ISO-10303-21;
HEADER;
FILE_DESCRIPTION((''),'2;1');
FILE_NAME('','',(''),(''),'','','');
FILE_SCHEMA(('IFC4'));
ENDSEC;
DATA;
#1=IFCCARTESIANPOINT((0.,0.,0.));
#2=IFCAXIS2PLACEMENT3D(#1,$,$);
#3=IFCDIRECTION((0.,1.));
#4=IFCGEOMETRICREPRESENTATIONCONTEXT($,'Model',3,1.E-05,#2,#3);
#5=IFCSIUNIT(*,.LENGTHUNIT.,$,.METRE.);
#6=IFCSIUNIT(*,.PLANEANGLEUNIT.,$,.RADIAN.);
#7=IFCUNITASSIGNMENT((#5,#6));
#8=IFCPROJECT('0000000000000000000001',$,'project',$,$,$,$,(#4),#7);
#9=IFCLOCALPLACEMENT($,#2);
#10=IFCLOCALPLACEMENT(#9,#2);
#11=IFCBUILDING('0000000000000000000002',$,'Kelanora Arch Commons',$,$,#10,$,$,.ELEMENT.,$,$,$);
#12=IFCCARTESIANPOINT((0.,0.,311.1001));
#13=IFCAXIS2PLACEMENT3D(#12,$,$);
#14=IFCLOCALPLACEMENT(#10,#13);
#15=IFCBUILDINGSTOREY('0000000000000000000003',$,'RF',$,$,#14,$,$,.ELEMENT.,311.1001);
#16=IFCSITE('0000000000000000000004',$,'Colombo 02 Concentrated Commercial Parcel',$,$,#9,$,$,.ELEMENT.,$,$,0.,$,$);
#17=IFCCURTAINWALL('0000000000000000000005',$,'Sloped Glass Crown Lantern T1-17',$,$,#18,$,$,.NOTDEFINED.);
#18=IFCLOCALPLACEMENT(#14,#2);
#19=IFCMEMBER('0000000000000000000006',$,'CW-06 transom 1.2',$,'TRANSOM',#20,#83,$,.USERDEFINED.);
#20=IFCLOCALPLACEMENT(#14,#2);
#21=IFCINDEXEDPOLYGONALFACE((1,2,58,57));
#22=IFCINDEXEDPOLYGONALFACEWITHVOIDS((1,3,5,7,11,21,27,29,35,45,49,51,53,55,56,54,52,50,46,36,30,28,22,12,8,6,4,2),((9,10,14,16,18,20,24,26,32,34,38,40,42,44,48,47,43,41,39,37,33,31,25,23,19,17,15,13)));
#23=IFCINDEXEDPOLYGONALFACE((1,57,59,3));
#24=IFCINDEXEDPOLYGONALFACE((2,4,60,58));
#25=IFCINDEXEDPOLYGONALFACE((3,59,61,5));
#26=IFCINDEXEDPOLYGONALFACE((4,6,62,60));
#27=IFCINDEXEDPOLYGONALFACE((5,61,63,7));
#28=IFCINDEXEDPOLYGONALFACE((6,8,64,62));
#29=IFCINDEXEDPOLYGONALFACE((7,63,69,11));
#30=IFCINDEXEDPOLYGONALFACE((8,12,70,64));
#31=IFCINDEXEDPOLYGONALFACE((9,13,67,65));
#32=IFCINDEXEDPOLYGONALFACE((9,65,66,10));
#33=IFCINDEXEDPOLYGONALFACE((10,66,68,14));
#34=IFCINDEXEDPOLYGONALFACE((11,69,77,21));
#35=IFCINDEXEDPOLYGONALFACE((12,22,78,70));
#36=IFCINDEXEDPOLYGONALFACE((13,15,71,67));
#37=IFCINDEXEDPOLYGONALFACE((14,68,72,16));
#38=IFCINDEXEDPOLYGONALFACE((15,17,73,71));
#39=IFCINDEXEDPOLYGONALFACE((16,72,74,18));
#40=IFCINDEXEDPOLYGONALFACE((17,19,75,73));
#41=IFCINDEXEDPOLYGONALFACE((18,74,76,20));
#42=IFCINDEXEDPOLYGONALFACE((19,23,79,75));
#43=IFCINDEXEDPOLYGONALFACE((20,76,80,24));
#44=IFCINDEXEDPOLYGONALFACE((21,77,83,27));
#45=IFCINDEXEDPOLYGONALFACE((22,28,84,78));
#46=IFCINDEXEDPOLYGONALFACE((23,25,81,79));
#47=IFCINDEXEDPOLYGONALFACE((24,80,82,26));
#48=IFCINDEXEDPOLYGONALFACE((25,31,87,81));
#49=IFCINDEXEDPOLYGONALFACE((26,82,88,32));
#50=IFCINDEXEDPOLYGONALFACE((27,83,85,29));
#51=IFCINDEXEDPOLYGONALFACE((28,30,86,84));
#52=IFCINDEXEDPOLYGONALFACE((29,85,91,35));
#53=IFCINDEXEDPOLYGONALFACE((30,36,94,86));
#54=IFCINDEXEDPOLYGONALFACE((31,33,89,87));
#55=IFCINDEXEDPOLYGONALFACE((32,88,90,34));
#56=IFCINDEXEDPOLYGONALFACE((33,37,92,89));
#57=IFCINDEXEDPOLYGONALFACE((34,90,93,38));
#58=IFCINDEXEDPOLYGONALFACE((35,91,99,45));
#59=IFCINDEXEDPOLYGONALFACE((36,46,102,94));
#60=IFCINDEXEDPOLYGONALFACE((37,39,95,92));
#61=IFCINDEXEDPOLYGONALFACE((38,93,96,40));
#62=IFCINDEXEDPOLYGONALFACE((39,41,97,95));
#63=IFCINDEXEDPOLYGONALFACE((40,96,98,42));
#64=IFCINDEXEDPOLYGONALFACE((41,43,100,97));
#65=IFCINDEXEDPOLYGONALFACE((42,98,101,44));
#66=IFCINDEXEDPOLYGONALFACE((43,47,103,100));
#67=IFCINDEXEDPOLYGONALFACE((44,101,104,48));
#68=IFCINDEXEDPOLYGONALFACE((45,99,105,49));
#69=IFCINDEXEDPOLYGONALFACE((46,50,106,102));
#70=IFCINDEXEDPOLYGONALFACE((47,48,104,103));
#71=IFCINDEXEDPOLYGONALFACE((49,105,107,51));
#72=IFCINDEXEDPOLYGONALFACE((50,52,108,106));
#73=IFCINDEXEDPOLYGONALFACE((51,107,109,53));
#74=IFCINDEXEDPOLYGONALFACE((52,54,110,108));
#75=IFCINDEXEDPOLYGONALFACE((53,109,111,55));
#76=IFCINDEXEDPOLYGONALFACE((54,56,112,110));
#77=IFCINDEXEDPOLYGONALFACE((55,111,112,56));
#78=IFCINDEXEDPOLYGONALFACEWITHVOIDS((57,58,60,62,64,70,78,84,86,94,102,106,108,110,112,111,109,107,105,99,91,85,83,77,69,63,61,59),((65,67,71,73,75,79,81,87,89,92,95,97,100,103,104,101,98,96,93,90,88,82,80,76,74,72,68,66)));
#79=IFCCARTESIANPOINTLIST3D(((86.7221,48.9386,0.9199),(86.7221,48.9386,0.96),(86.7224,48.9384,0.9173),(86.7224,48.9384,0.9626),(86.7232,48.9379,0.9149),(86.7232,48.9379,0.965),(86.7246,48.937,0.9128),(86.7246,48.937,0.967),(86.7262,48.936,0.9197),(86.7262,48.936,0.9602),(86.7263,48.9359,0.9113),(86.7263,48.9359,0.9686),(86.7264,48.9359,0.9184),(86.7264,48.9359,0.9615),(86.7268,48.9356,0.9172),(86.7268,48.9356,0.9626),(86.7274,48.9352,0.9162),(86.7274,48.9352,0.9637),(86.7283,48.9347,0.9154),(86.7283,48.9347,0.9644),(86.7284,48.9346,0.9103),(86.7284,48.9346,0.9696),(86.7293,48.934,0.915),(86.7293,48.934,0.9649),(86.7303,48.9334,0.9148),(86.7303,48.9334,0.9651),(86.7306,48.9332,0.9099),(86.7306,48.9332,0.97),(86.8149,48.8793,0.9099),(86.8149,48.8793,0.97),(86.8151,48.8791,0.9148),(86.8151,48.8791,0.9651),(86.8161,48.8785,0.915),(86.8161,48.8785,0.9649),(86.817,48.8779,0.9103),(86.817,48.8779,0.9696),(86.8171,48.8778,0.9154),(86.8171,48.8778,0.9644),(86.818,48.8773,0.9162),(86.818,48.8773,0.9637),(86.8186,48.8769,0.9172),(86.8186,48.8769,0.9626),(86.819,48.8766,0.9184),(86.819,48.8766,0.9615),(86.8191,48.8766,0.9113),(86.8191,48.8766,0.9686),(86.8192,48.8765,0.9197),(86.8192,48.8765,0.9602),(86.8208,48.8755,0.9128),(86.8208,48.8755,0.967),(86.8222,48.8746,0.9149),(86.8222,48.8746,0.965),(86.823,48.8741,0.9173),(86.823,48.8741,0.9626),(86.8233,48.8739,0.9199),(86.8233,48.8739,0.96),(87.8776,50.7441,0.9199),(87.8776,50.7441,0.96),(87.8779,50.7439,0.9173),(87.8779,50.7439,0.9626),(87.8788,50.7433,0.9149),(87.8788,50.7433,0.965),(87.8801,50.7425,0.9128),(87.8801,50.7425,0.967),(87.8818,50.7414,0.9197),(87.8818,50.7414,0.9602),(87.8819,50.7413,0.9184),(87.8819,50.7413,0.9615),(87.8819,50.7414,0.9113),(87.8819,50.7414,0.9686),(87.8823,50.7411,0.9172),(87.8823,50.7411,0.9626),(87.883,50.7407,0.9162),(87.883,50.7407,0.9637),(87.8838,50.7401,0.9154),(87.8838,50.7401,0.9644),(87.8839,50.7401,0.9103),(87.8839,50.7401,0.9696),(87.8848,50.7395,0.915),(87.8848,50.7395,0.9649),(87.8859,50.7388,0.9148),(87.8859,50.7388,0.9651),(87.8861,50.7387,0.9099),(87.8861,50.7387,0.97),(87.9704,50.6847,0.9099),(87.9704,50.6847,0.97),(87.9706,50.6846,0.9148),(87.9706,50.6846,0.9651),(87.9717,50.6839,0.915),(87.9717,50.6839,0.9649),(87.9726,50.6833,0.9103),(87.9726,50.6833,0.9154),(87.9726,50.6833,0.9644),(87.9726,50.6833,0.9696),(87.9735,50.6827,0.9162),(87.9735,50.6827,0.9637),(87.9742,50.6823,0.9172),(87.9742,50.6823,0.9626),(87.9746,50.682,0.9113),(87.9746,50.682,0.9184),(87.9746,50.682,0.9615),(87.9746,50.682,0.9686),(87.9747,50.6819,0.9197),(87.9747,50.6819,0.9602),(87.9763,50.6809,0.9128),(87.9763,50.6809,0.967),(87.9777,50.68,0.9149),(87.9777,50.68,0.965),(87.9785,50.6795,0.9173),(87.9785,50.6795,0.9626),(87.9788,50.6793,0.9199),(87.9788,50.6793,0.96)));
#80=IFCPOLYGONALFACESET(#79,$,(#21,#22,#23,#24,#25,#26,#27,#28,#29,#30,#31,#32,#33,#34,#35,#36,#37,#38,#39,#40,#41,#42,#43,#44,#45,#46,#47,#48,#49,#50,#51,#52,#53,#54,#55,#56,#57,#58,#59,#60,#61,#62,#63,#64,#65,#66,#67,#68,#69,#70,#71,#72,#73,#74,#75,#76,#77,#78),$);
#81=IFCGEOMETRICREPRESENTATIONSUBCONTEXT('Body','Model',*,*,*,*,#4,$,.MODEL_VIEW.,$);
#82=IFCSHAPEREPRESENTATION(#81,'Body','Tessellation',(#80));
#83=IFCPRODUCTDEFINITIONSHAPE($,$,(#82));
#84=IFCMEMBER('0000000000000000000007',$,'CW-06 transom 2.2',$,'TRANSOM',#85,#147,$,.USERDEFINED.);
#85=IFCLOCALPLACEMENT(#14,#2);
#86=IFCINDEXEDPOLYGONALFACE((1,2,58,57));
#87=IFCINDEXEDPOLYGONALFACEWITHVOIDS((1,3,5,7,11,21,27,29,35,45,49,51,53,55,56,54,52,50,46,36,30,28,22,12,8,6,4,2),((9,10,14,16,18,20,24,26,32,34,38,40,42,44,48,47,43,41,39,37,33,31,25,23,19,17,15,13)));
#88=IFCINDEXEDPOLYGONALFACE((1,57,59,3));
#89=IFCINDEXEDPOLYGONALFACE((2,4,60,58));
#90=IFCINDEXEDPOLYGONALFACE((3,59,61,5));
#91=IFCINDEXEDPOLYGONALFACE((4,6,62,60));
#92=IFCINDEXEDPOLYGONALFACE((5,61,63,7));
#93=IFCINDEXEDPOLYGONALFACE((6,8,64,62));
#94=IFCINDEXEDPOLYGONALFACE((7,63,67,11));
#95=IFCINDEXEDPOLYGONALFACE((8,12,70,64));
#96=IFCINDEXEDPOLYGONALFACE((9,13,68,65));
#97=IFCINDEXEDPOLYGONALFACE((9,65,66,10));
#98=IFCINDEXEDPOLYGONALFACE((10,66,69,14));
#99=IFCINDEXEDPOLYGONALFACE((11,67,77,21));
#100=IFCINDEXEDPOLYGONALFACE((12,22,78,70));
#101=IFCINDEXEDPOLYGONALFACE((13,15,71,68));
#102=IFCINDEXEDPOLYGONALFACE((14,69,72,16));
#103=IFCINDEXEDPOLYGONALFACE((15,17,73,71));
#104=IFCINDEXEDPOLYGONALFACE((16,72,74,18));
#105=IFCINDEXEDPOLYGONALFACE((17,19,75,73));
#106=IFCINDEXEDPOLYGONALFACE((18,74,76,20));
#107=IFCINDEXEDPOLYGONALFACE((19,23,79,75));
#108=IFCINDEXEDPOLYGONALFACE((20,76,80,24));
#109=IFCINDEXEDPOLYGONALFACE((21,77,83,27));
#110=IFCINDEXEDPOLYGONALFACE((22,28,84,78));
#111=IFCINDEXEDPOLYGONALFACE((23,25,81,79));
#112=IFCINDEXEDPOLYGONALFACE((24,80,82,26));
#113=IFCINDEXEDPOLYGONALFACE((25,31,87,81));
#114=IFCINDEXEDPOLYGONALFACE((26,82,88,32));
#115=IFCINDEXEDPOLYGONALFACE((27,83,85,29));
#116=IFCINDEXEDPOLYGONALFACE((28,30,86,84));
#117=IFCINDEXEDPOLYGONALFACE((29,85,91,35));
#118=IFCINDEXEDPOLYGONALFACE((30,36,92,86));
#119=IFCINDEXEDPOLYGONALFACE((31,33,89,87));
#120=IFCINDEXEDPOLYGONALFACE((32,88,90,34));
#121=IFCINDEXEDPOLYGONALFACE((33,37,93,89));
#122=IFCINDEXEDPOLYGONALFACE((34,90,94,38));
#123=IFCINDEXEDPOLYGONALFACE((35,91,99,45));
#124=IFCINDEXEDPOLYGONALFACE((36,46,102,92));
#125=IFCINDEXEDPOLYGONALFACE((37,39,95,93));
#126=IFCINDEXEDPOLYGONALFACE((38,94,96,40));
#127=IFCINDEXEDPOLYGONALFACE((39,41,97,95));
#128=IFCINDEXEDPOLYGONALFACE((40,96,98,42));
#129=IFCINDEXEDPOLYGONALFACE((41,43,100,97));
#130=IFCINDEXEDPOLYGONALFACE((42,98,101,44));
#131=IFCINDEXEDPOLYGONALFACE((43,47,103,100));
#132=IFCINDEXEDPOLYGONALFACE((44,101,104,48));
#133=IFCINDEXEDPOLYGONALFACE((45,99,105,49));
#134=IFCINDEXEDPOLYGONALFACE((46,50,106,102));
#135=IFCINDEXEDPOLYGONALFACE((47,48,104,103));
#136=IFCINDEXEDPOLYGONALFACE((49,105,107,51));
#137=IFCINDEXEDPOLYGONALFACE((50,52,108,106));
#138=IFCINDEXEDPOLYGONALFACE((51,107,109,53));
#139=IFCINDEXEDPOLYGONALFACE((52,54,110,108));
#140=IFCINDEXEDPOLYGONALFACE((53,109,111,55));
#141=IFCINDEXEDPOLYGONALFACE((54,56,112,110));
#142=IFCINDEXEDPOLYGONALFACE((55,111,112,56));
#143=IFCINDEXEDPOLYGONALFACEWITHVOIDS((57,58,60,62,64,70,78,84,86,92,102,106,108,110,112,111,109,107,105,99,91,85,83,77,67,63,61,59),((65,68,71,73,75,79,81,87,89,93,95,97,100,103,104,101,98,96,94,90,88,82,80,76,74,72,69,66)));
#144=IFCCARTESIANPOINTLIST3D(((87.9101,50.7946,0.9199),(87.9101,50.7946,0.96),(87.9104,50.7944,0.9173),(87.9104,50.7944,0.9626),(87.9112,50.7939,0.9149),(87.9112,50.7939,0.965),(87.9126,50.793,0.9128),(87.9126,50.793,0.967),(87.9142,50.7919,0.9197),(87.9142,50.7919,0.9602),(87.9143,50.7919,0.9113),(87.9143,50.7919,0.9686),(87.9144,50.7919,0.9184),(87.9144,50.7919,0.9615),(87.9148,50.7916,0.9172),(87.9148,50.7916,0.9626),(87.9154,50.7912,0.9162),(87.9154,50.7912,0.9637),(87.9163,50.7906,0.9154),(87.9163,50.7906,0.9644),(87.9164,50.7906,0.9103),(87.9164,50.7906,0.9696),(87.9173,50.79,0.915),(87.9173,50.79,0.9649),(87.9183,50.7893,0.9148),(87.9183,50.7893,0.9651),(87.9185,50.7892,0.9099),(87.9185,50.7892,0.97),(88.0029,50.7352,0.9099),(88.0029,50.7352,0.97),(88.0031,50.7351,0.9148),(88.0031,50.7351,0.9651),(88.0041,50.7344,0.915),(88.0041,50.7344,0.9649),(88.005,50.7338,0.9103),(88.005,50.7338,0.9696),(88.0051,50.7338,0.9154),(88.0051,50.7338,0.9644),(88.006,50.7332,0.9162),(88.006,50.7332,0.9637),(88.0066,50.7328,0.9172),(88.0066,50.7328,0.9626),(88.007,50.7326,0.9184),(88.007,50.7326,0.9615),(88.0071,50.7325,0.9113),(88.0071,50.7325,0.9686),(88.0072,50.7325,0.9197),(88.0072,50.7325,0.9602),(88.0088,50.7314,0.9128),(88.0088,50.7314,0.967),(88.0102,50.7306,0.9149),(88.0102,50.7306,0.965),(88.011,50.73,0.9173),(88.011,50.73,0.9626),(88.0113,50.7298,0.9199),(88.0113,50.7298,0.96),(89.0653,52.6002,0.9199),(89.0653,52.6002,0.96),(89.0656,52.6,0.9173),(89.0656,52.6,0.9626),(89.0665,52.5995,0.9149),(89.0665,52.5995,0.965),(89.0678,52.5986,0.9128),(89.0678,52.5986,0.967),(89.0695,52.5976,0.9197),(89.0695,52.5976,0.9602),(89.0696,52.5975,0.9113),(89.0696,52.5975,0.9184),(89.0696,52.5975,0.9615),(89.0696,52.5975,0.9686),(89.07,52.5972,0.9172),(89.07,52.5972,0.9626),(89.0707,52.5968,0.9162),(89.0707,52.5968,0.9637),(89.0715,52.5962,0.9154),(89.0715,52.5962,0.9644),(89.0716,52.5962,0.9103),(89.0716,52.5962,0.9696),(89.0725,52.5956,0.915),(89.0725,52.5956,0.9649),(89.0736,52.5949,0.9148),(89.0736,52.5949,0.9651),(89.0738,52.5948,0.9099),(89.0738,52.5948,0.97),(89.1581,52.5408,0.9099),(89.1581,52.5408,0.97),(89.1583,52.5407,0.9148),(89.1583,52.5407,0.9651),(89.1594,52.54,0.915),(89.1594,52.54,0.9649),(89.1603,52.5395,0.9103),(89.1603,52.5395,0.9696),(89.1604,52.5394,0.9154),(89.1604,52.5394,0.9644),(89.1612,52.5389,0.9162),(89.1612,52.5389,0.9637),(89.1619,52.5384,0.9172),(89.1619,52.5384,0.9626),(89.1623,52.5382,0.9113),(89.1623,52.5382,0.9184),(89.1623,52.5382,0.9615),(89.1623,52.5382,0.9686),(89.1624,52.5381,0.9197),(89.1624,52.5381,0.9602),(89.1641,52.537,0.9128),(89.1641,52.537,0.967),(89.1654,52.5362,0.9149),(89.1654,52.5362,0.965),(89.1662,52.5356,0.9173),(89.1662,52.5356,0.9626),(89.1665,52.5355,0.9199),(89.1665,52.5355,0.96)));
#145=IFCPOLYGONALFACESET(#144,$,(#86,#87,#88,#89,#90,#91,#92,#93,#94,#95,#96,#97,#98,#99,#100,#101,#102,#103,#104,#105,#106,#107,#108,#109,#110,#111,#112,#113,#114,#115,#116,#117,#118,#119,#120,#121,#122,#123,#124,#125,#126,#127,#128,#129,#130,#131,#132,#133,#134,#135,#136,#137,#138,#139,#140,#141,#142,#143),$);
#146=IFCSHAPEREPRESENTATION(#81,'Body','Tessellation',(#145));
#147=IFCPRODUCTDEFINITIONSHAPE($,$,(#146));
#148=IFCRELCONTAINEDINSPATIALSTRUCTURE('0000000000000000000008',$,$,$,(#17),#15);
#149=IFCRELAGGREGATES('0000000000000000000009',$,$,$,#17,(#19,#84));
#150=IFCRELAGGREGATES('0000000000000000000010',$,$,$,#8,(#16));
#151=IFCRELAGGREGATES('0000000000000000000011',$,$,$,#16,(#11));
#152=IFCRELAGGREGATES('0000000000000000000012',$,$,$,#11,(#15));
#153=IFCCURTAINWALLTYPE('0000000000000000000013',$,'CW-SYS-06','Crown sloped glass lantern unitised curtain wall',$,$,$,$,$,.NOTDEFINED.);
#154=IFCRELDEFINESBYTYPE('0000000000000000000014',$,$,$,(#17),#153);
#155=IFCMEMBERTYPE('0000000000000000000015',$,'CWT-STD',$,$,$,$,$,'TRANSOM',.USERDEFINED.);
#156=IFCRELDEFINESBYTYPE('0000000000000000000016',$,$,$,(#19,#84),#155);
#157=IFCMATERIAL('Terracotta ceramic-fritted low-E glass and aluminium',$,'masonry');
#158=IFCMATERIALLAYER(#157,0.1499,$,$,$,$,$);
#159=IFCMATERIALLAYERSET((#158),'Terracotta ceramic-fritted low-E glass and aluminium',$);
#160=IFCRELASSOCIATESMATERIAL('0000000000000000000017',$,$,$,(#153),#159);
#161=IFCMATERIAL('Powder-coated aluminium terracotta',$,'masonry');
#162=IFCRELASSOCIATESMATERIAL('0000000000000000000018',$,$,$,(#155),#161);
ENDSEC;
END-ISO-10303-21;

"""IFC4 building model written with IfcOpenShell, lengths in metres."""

from ifc_helpers import new_model, si_unit, direction, frame, origin, origin_2d, place, context, subcontext, project, spatial, hollow_rectangle, extrude, material, layer, layer_set, material_profile, profile_set, type_object, element, aggregate, save


model = new_model("IFC4")

# Units and contexts
model_context = context("Model", 3, precision=1e-05, world=origin(), true_north=direction((0.0, 1.0)))
body_context = subcontext(model_context, "Body", "Model", "MODEL_VIEW")
ifc_project = project(units=[si_unit("LENGTHUNIT", "METRE"), si_unit("PLANEANGLEUNIT", "RADIAN")], contexts=[model_context])

# Site, building, storey
site_placement = place(None, origin())
site = spatial("IfcSite", under=ifc_project, at=site_placement, Name="Colombo 02 Concentrated Commercial Parcel", CompositionType="ELEMENT", RefElevation=0.0)
building_placement = place(site_placement, origin())
building = spatial("IfcBuilding", under=site, at=building_placement, Name="Kelanora Arch Commons", CompositionType="ELEMENT")
storey_placement = place(building_placement, frame((0.0, 0.0, 311.1001)))
storey = spatial("IfcBuildingStorey", under=building, at=storey_placement, Name="RF", CompositionType="ELEMENT", Elevation=311.1001)

# Shared definitions
ifc_material_1 = material(Name="Terracotta ceramic-fritted low-E glass and aluminium", Category="masonry")
ifc_layer_1 = layer(ifc_material_1, 0.1499)
ifc_layer_set_1 = layer_set([ifc_layer_1], Name="Terracotta ceramic-fritted low-E glass and aluminium")
curtain_wall_type = type_object("IfcCurtainWallType", Name="CW-SYS-06", Description="Crown sloped glass lantern unitised curtain wall", PredefinedType="NOTDEFINED", material=ifc_layer_set_1)
ifc_material_2 = material(Name="Powder-coated aluminium terracotta", Category="masonry")

# Shared definitions
ifc_material_profile_1 = material_profile(ifc_material_2, hollow_rectangle(XDim=0.1201, YDim=0.0601, WallThickness=0.0049, InnerFilletRadius=0.0049, OuterFilletRadius=0.01, at=origin_2d()), Name="CWT120x60")
ifc_profile_set_1 = profile_set([ifc_material_profile_1], Name="Powder-coated aluminium terracotta")
member_type_1 = type_object("IfcMemberType", Name="CWT-STD", ElementType="TRANSOM", PredefinedType="USERDEFINED", material=ifc_profile_set_1)

# Curtain wall, members
curtain_wall_1_placement = place(storey_placement, origin())
curtain_wall_1 = element("IfcCurtainWall", 1, at=curtain_wall_1_placement, inside=storey, type_object=curtain_wall_type, Name="Sloped Glass Crown Lantern T1-17", PredefinedType="NOTDEFINED")
member_1_placement = place(storey_placement, frame((86.7727, 48.9062, 0.9399), z_axis=(0.53907, 0.842261, 0.0), x_axis=(-0.842261, 0.53907, 0.0)))
member_1 = element("IfcMember", 2, at=member_1_placement, type_object=member_type_1, Name="CW-06 transom 1.2", ObjectType="TRANSOM", PredefinedType="USERDEFINED", context=body_context, shape_type="SweptSolid", body=[
    extrude(hollow_rectangle(XDim=0.1201, YDim=0.0601, WallThickness=0.0049, InnerFilletRadius=0.0049, OuterFilletRadius=0.01, at=origin_2d()), origin(), (0.0, 0.0, 1.0), 2.1436),
])
member_2_placement = place(storey_placement, frame((87.9607, 50.7622, 0.9399), z_axis=(0.538937, 0.842346, 0.0), x_axis=(-0.842346, 0.538937, 0.0)))
member_2 = element("IfcMember", 3, at=member_2_placement, type_object=member_type_1, Name="CW-06 transom 2.2", ObjectType="TRANSOM", PredefinedType="USERDEFINED", context=body_context, shape_type="SweptSolid", body=[
    extrude(hollow_rectangle(XDim=0.1201, YDim=0.0601, WallThickness=0.0049, InnerFilletRadius=0.0049, OuterFilletRadius=0.01, at=origin_2d()), origin(), (0.0, 0.0, 1.0), 2.1436),
])

aggregate(curtain_wall_1, [member_1, member_2])

save(model, "model.ifc")
